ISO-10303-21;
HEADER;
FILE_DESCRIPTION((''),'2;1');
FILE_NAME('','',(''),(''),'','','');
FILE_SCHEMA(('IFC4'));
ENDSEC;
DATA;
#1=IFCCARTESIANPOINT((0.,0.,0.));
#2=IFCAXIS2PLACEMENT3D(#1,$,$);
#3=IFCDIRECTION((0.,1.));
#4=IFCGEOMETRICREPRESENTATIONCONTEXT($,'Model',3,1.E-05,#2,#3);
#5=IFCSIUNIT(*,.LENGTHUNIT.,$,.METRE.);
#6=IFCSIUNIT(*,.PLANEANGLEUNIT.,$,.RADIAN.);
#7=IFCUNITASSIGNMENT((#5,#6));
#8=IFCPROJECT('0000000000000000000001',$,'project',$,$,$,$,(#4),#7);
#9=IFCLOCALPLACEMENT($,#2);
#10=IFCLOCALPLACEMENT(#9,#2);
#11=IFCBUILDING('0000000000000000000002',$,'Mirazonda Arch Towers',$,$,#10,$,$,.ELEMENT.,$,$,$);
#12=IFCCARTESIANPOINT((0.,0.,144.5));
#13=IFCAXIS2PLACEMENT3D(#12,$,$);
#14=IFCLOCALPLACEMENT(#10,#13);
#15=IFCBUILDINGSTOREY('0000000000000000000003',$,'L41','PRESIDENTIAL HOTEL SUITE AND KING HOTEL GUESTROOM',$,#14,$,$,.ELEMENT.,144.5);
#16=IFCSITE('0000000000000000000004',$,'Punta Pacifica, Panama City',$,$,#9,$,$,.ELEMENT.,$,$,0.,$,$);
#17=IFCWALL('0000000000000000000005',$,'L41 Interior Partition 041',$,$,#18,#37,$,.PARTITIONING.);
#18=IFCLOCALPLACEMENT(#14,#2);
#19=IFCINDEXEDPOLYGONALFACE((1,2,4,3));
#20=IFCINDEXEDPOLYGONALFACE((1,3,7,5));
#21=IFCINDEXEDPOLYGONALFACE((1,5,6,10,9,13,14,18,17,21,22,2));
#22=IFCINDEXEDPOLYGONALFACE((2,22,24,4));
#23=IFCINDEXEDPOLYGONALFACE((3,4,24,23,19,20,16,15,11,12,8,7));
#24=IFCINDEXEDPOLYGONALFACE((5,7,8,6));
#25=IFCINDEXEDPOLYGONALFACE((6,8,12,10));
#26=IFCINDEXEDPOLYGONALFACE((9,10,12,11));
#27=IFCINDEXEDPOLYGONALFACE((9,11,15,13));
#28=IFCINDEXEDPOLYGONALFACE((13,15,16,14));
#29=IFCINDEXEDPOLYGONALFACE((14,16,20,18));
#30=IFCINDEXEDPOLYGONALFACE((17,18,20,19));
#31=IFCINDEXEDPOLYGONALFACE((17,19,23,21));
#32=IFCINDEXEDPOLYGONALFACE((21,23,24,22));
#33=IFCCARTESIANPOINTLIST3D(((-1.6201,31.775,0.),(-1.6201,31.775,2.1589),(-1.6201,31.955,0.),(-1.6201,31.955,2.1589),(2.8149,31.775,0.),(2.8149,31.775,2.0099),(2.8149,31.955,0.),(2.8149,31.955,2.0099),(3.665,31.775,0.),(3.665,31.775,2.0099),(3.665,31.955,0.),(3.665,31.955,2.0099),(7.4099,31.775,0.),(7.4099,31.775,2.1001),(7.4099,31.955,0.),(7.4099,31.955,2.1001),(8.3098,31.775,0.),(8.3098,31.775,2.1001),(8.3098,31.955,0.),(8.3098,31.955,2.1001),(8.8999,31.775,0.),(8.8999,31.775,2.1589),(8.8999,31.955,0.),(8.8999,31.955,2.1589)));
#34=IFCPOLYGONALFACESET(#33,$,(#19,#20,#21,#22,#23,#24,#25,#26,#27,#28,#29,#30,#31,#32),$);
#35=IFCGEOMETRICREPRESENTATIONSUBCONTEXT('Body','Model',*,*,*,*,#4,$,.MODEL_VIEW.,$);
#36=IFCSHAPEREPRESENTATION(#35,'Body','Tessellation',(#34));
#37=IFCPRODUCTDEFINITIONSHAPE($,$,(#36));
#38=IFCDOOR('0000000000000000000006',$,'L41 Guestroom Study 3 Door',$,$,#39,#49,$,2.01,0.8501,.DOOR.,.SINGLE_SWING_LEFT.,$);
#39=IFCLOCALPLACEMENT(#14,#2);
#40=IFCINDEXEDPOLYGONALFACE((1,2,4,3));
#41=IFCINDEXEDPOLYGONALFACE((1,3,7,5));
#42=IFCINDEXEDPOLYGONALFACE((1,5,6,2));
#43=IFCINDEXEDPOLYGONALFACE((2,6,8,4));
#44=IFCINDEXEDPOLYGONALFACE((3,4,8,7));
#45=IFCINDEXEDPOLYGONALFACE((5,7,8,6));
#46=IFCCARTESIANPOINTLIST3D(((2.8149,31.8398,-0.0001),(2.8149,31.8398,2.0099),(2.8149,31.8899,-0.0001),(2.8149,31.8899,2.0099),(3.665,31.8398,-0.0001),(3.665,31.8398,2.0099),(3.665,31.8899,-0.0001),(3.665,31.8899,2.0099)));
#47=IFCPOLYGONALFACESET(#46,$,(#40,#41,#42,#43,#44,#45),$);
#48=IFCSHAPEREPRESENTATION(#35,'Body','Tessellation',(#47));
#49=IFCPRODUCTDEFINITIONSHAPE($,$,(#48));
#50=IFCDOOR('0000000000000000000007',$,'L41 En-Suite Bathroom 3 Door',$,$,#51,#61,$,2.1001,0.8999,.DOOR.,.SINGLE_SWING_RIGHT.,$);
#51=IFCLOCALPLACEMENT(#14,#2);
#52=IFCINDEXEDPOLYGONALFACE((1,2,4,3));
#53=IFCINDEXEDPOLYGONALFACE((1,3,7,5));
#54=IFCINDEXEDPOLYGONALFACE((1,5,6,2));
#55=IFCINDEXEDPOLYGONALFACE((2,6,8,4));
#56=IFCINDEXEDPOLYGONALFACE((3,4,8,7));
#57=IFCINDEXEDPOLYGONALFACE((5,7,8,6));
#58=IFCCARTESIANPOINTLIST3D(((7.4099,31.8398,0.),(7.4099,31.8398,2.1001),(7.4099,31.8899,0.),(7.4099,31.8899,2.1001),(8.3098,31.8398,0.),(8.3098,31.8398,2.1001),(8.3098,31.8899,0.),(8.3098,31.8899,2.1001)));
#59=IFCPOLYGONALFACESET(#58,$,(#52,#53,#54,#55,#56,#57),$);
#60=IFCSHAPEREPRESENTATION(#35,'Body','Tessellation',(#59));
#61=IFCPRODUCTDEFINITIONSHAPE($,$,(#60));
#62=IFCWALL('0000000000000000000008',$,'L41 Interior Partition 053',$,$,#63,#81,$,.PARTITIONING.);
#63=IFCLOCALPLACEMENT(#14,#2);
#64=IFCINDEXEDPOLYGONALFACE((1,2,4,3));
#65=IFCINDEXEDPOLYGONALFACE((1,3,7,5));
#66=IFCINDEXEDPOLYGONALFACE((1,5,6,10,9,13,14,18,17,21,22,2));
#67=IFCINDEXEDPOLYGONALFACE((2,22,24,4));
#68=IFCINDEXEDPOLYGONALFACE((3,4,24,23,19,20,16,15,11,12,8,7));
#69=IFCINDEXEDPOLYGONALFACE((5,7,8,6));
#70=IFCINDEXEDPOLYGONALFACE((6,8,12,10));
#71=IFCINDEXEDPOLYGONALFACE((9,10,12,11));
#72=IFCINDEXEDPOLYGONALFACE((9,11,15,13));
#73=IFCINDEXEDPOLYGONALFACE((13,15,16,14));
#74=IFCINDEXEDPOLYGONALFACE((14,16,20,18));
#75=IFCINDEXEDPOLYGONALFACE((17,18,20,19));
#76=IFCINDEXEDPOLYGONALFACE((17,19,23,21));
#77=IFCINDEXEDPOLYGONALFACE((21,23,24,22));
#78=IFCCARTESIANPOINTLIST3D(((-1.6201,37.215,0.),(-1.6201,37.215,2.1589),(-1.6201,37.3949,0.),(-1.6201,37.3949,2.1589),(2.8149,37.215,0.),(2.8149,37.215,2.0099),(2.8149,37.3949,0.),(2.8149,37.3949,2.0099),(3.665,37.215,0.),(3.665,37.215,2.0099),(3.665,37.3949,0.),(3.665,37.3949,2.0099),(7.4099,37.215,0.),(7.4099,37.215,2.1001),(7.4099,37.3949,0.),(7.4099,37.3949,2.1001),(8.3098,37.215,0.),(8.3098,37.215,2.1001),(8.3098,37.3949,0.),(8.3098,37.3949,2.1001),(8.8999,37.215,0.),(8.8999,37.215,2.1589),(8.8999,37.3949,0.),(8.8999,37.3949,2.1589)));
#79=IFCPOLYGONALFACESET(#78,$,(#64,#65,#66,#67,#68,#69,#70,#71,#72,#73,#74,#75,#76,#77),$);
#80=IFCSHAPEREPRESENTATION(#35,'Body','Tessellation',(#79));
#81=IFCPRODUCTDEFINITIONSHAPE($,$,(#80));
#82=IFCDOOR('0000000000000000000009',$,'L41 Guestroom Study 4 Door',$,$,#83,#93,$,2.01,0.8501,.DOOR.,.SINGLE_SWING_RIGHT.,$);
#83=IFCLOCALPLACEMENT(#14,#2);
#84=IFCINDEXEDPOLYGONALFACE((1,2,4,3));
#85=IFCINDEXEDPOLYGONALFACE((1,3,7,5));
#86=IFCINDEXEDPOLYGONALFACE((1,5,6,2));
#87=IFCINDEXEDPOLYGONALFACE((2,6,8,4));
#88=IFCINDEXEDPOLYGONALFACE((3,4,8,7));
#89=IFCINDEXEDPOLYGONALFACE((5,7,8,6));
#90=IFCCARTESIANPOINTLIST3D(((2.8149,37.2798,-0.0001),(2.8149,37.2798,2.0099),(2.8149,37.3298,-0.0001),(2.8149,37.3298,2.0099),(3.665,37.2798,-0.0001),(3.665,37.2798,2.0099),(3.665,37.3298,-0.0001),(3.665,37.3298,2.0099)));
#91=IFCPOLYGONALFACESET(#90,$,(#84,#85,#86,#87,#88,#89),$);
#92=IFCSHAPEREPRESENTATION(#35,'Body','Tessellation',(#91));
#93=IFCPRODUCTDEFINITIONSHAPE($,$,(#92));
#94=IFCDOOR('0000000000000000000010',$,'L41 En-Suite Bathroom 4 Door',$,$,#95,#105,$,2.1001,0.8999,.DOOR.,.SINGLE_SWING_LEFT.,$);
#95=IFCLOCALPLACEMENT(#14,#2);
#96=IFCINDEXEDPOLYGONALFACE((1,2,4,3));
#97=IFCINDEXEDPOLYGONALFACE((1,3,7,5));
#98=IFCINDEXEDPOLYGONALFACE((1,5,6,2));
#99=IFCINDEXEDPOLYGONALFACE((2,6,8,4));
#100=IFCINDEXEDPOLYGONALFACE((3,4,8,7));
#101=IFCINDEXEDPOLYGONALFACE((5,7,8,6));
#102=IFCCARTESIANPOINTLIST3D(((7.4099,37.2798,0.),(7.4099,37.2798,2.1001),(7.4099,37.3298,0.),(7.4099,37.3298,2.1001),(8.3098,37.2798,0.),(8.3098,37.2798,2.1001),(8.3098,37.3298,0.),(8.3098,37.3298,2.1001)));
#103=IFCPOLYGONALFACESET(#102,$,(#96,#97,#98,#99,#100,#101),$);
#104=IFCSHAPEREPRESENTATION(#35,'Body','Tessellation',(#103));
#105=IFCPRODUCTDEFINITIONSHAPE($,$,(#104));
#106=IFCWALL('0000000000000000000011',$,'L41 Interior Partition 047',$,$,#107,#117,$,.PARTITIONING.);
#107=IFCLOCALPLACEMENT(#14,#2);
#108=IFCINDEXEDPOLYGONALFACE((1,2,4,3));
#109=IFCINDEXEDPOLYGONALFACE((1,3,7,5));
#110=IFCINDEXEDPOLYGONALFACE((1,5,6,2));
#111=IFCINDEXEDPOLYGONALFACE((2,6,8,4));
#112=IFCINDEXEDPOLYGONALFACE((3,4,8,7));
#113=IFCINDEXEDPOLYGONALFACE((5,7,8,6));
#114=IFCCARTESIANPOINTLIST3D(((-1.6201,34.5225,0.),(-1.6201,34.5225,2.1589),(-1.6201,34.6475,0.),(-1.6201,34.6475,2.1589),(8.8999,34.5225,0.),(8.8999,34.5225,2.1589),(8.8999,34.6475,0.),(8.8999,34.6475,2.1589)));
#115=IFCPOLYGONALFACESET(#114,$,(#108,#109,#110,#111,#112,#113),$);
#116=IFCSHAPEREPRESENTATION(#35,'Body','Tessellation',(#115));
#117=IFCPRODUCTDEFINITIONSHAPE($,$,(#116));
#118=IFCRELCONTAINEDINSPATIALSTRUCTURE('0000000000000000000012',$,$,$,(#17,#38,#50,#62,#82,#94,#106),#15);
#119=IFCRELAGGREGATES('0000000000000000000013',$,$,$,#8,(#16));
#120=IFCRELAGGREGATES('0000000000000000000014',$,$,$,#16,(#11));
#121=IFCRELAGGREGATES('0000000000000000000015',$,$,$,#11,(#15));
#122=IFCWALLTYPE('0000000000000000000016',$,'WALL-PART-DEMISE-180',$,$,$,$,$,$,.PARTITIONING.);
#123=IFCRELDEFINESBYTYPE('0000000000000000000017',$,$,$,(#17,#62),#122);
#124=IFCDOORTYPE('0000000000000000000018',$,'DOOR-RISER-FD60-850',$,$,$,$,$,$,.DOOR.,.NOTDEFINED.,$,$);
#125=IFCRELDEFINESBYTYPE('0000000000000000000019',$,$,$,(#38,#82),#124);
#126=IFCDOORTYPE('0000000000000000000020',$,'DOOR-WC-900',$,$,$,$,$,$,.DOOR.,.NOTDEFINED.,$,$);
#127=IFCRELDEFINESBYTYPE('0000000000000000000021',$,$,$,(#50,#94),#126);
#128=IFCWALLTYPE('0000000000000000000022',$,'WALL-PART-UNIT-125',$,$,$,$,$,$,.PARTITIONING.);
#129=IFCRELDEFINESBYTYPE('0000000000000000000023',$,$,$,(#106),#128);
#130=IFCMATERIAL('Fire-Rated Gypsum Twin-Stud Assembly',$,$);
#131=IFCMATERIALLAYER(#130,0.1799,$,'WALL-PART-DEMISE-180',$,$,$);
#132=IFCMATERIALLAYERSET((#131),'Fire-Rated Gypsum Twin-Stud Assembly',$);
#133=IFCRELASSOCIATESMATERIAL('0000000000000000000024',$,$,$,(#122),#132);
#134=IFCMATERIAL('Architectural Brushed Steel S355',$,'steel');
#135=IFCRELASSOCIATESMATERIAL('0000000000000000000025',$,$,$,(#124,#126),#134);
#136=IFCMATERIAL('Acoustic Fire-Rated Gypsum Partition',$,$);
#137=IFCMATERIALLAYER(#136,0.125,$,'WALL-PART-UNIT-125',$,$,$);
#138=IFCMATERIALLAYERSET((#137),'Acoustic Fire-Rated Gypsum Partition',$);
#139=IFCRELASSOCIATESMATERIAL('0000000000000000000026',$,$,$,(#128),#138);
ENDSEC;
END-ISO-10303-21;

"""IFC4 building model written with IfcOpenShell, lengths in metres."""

from ifc_helpers import new_model, si_unit, direction, frame, frame_2d, origin, place, context, subcontext, project, spatial, rectangle, extrude, material, layer, layer_set, type_object, element, fill, save


model = new_model("IFC4")

# Units and contexts
model_context = context("Model", 3, precision=1e-05, world=origin(), true_north=direction((0.0, 1.0)))
body_context = subcontext(model_context, "Body", "Model", "MODEL_VIEW")
ifc_project = project(units=[si_unit("LENGTHUNIT", "METRE"), si_unit("PLANEANGLEUNIT", "RADIAN")], contexts=[model_context])

# Site, building, storey
site_placement = place(None, origin())
site = spatial("IfcSite", under=ifc_project, at=site_placement, Name="Punta Pacifica, Panama City", CompositionType="ELEMENT", RefElevation=0.0)
building_placement = place(site_placement, origin())
building = spatial("IfcBuilding", under=site, at=building_placement, Name="Mirazonda Arch Towers", CompositionType="ELEMENT")
storey_placement = place(building_placement, frame((0.0, 0.0, 144.5)))
storey = spatial("IfcBuildingStorey", under=building, at=storey_placement, Name="L41", Description="PRESIDENTIAL HOTEL SUITE AND KING HOTEL GUESTROOM", CompositionType="ELEMENT", Elevation=144.5)

# Shared definitions
ifc_material_1 = material(Name="Fire-Rated Gypsum Twin-Stud Assembly")
ifc_layer_1 = layer(ifc_material_1, 0.1799, Name="WALL-PART-DEMISE-180")
ifc_layer_set_1 = layer_set([ifc_layer_1], Name="Fire-Rated Gypsum Twin-Stud Assembly")
wall_type_1 = type_object("IfcWallType", Name="WALL-PART-DEMISE-180", PredefinedType="PARTITIONING", material=ifc_layer_set_1)

# Walls, openings, doors
wall_1_placement = place(storey_placement, frame((-1.6201, 31.865, 0.0), z_axis=(0.0, 0.0, 1.0), x_axis=(1.0, 0.0, 0.0)))
wall_1 = element("IfcWall", 1, at=wall_1_placement, inside=storey, type_object=wall_type_1, Name="L41 Interior Partition 041", PredefinedType="PARTITIONING", context=body_context, shape_type="SweptSolid", body=[
    extrude(rectangle(XDim=10.52, YDim=0.1799, at=frame_2d((5.26, 0.0))), origin(), (0.0, 0.0, 1.0), 2.1589),
])
opening_1_placement = place(wall_1_placement, frame((4.4351, 0.0, 0.0)))
opening_1 = element("IfcOpeningElement", 2, at=opening_1_placement, cuts=wall_1, PredefinedType="OPENING", context=body_context, shape_type="SweptSolid", body=[
    extrude(rectangle(XDim=0.8501, YDim=2.01, at=frame_2d((0.425, 1.0049))), frame((0.0, 0.0999, 0.0), z_axis=(0.0, -1.0, 0.0), x_axis=(1.0, 0.0, 0.0)), (0.0, 0.0, 1.0), 0.2),
])
opening_2_placement = place(wall_1_placement, frame((9.03, 0.0, 0.0)))
opening_2 = element("IfcOpeningElement", 3, at=opening_2_placement, cuts=wall_1, PredefinedType="OPENING", context=body_context, shape_type="SweptSolid", body=[
    extrude(rectangle(XDim=0.8999, YDim=2.1001, at=frame_2d((0.45, 1.05))), frame((0.0, 0.0999, 0.0), z_axis=(0.0, -1.0, 0.0), x_axis=(1.0, 0.0, 0.0)), (0.0, 0.0, 1.0), 0.2),
])
ifc_material_2 = material(Name="Architectural Brushed Steel S355", Category="steel")
door_type_1 = type_object("IfcDoorType", Name="DOOR-RISER-FD60-850", OperationType="NOTDEFINED", PredefinedType="DOOR", material=ifc_material_2)
door_1_placement = place(opening_1_placement, origin())
door_1 = element("IfcDoor", 4, at=door_1_placement, inside=storey, type_object=door_type_1, Name="L41 Guestroom Study 3 Door", OperationType="SINGLE_SWING_LEFT", OverallHeight=2.01, OverallWidth=0.8501, PredefinedType="DOOR", context=body_context, shape_type="SweptSolid", body=[
    extrude(rectangle(XDim=0.8501, YDim=2.01, at=frame_2d((0.425, 1.0049))), frame((0.0, 0.0249, 0.0), z_axis=(0.0, -1.0, 0.0), x_axis=(1.0, 0.0, 0.0)), (0.0, 0.0, 1.0), 0.05),
])
fill(opening_1, door_1)
door_type_2 = type_object("IfcDoorType", Name="DOOR-WC-900", OperationType="NOTDEFINED", PredefinedType="DOOR", material=ifc_material_2)
door_2_placement = place(opening_2_placement, origin())
door_2 = element("IfcDoor", 5, at=door_2_placement, inside=storey, type_object=door_type_2, Name="L41 En-Suite Bathroom 3 Door", OperationType="SINGLE_SWING_RIGHT", OverallHeight=2.1001, OverallWidth=0.8999, PredefinedType="DOOR", context=body_context, shape_type="SweptSolid", body=[
    extrude(rectangle(XDim=0.8999, YDim=2.1001, at=frame_2d((0.45, 1.05))), frame((0.0, 0.0249, 0.0), z_axis=(0.0, -1.0, 0.0), x_axis=(1.0, 0.0, 0.0)), (0.0, 0.0, 1.0), 0.05),
])
fill(opening_2, door_2)
wall_2_placement = place(storey_placement, frame((-1.6201, 37.3049, 0.0), z_axis=(0.0, 0.0, 1.0), x_axis=(1.0, 0.0, 0.0)))
wall_2 = element("IfcWall", 6, at=wall_2_placement, inside=storey, type_object=wall_type_1, Name="L41 Interior Partition 053", PredefinedType="PARTITIONING", context=body_context, shape_type="SweptSolid", body=[
    extrude(rectangle(XDim=10.52, YDim=0.1799, at=frame_2d((5.26, 0.0))), origin(), (0.0, 0.0, 1.0), 2.1589),
])
opening_3_placement = place(wall_2_placement, frame((4.4351, 0.0, 0.0)))
opening_3 = element("IfcOpeningElement", 7, at=opening_3_placement, cuts=wall_2, PredefinedType="OPENING", context=body_context, shape_type="SweptSolid", body=[
    extrude(rectangle(XDim=0.8501, YDim=2.01, at=frame_2d((0.425, 1.0049))), frame((0.0, 0.0999, 0.0), z_axis=(0.0, -1.0, 0.0), x_axis=(1.0, 0.0, 0.0)), (0.0, 0.0, 1.0), 0.2),
])
opening_4_placement = place(wall_2_placement, frame((9.03, 0.0, 0.0)))
opening_4 = element("IfcOpeningElement", 8, at=opening_4_placement, cuts=wall_2, PredefinedType="OPENING", context=body_context, shape_type="SweptSolid", body=[
    extrude(rectangle(XDim=0.8999, YDim=2.1001, at=frame_2d((0.45, 1.05))), frame((0.0, 0.0999, 0.0), z_axis=(0.0, -1.0, 0.0), x_axis=(1.0, 0.0, 0.0)), (0.0, 0.0, 1.0), 0.2),
])
door_3_placement = place(opening_3_placement, origin())
door_3 = element("IfcDoor", 9, at=door_3_placement, inside=storey, type_object=door_type_1, Name="L41 Guestroom Study 4 Door", OperationType="SINGLE_SWING_RIGHT", OverallHeight=2.01, OverallWidth=0.8501, PredefinedType="DOOR", context=body_context, shape_type="SweptSolid", body=[
    extrude(rectangle(XDim=0.8501, YDim=2.01, at=frame_2d((0.425, 1.0049))), frame((0.0, 0.0249, 0.0), z_axis=(0.0, -1.0, 0.0), x_axis=(1.0, 0.0, 0.0)), (0.0, 0.0, 1.0), 0.05),
])
fill(opening_3, door_3)
door_4_placement = place(opening_4_placement, origin())
door_4 = element("IfcDoor", 10, at=door_4_placement, inside=storey, type_object=door_type_2, Name="L41 En-Suite Bathroom 4 Door", OperationType="SINGLE_SWING_LEFT", OverallHeight=2.1001, OverallWidth=0.8999, PredefinedType="DOOR", context=body_context, shape_type="SweptSolid", body=[
    extrude(rectangle(XDim=0.8999, YDim=2.1001, at=frame_2d((0.45, 1.05))), frame((0.0, 0.0249, 0.0), z_axis=(0.0, -1.0, 0.0), x_axis=(1.0, 0.0, 0.0)), (0.0, 0.0, 1.0), 0.05),
])
fill(opening_4, door_4)

# Wall
ifc_material_3 = material(Name="Acoustic Fire-Rated Gypsum Partition")
ifc_layer_2 = layer(ifc_material_3, 0.125, Name="WALL-PART-UNIT-125")
ifc_layer_set_2 = layer_set([ifc_layer_2], Name="Acoustic Fire-Rated Gypsum Partition")
wall_type_2 = type_object("IfcWallType", Name="WALL-PART-UNIT-125", PredefinedType="PARTITIONING", material=ifc_layer_set_2)
wall_3_placement = place(storey_placement, frame((-1.6201, 34.585, 0.0), z_axis=(0.0, 0.0, 1.0), x_axis=(1.0, 0.0, 0.0)))
element("IfcWall", 11, at=wall_3_placement, inside=storey, type_object=wall_type_2, Name="L41 Interior Partition 047", PredefinedType="PARTITIONING", context=body_context, shape_type="SweptSolid", body=[
    extrude(rectangle(XDim=10.52, YDim=0.125, at=frame_2d((5.26, 0.0))), origin(), (0.0, 0.0, 1.0), 2.1589),
])

save(model, "model.ifc")
